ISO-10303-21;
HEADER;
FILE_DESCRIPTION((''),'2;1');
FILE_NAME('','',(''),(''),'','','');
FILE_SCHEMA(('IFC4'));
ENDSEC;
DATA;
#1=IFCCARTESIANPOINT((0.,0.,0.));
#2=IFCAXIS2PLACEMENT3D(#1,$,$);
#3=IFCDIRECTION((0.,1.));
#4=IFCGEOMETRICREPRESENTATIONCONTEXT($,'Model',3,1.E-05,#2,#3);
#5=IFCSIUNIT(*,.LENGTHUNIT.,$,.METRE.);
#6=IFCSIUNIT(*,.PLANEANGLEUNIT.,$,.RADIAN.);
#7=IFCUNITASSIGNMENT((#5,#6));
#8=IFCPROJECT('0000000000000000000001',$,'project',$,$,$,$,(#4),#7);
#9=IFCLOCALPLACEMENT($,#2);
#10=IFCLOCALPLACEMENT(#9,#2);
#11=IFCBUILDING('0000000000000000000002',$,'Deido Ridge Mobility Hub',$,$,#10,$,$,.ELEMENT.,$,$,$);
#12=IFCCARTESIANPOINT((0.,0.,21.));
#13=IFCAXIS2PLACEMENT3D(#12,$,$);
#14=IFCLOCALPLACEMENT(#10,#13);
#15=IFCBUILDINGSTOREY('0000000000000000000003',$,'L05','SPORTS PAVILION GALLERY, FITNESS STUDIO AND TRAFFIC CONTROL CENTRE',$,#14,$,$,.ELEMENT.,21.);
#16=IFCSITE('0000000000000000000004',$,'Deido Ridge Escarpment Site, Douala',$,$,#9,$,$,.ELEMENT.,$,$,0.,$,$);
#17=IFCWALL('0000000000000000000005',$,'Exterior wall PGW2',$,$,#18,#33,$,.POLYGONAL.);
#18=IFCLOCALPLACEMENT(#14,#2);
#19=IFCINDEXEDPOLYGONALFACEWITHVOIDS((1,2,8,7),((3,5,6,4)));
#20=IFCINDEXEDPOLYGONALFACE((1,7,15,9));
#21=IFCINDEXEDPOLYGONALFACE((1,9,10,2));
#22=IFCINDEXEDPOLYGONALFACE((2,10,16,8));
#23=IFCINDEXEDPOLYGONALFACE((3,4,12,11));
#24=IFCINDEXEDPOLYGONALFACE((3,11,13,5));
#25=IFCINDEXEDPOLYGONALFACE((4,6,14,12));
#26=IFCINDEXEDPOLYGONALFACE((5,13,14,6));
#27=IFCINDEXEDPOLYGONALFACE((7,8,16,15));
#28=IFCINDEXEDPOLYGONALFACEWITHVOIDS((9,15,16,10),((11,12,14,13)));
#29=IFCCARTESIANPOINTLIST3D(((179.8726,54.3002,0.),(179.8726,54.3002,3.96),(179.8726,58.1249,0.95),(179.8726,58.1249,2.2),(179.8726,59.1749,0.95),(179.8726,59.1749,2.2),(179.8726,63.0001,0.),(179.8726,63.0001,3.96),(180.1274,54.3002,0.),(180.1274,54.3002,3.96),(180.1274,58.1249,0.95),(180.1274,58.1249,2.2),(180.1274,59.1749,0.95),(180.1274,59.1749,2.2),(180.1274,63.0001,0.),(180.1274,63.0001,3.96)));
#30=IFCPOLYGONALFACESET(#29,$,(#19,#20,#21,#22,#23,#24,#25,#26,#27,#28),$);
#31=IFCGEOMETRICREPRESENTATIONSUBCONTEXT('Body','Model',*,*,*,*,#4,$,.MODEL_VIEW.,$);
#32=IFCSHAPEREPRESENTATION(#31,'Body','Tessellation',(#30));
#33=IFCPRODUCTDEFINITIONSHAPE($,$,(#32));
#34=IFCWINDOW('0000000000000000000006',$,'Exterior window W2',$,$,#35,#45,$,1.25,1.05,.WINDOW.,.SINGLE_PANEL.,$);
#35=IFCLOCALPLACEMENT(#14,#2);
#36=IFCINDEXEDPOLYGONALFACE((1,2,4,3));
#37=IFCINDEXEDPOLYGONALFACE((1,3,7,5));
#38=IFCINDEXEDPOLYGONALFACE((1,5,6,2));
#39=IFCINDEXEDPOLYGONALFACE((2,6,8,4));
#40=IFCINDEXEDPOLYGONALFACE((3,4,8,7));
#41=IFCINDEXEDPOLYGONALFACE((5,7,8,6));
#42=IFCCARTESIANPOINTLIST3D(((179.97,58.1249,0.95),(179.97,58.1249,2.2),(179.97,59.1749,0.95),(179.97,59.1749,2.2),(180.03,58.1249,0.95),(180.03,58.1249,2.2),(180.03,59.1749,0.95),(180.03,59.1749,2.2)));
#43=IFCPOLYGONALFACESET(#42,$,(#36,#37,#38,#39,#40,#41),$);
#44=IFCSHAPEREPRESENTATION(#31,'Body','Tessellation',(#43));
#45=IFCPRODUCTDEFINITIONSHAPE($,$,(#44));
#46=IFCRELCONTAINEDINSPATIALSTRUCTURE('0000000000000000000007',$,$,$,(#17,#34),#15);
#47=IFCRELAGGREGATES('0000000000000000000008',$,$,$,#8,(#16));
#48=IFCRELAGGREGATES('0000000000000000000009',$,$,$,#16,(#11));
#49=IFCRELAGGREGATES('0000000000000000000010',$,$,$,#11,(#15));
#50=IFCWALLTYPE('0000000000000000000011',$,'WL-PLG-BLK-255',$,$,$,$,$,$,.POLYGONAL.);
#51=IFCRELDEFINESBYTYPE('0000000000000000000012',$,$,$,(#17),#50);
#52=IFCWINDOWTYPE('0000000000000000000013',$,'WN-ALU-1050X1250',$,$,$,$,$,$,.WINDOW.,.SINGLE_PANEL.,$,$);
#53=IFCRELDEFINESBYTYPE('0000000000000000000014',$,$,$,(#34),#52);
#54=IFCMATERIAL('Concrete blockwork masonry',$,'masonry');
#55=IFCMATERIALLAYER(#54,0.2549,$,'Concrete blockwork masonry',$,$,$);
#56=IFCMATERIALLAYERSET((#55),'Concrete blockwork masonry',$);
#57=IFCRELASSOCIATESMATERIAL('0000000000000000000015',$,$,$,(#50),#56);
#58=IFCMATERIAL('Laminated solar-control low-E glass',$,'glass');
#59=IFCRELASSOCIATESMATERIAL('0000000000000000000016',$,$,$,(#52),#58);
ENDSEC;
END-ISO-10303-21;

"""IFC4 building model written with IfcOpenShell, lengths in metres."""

from ifc_helpers import new_model, si_unit, direction, frame, frame_2d, origin, place, context, subcontext, project, spatial, rectangle, extrude, material, layer, layer_set, type_object, element, fill, save


model = new_model("IFC4")

# Units and contexts
model_context = context("Model", 3, precision=1e-05, world=origin(), true_north=direction((0.0, 1.0)))
body_context = subcontext(model_context, "Body", "Model", "MODEL_VIEW")
ifc_project = project(units=[si_unit("LENGTHUNIT", "METRE"), si_unit("PLANEANGLEUNIT", "RADIAN")], contexts=[model_context])

# Site, building, storey
site_placement = place(None, origin())
site = spatial("IfcSite", under=ifc_project, at=site_placement, Name="Deido Ridge Escarpment Site, Douala", CompositionType="ELEMENT", RefElevation=0.0)
building_placement = place(site_placement, origin())
building = spatial("IfcBuilding", under=site, at=building_placement, Name="Deido Ridge Mobility Hub", CompositionType="ELEMENT")
storey_placement = place(building_placement, frame((0.0, 0.0, 21.0)))
storey = spatial("IfcBuildingStorey", under=building, at=storey_placement, Name="L05", Description="SPORTS PAVILION GALLERY, FITNESS STUDIO AND TRAFFIC CONTROL CENTRE", CompositionType="ELEMENT", Elevation=21.0)

# Shared definitions
ifc_material_1 = material(Name="Laminated solar-control low-E glass", Category="glass")

# Wall, opening, window
ifc_material_2 = material(Name="Concrete blockwork masonry", Category="masonry")
ifc_layer_1 = layer(ifc_material_2, 0.2549, Name="Concrete blockwork masonry")
ifc_layer_set_1 = layer_set([ifc_layer_1], Name="Concrete blockwork masonry")
wall_type = type_object("IfcWallType", Name="WL-PLG-BLK-255", PredefinedType="POLYGONAL", material=ifc_layer_set_1)
wall_placement = place(storey_placement, frame((180.0, 54.3, 0.0), z_axis=(0.0, 0.0, 1.0), x_axis=(0.0, 1.0, 0.0)))
wall = element("IfcWall", 1, at=wall_placement, inside=storey, type_object=wall_type, Name="Exterior wall PGW2", PredefinedType="POLYGONAL", context=body_context, shape_type="SweptSolid", body=[
    extrude(rectangle(XDim=8.7, YDim=0.2549, at=frame_2d((4.3501, 0.0))), origin(), (0.0, 0.0, 1.0), 3.96),
])
opening_placement = place(wall_placement, frame((3.825, 0.0, 0.95)))
opening = element("IfcOpeningElement", 2, at=opening_placement, cuts=wall, PredefinedType="OPENING", context=body_context, shape_type="SweptSolid", body=[
    extrude(rectangle(XDim=1.05, YDim=1.25, at=frame_2d((0.5249, 0.625))), frame((0.0, 0.1375, 0.0), z_axis=(0.0, -1.0, 0.0), x_axis=(1.0, 0.0, 0.0)), (0.0, 0.0, 1.0), 0.2749),
])
window_type = type_object("IfcWindowType", Name="WN-ALU-1050X1250", PartitioningType="SINGLE_PANEL", PredefinedType="WINDOW", material=ifc_material_1)
window_placement = place(opening_placement, origin())
window = element("IfcWindow", 3, at=window_placement, inside=storey, type_object=window_type, Name="Exterior window W2", OverallHeight=1.25, OverallWidth=1.05, PartitioningType="SINGLE_PANEL", PredefinedType="WINDOW", context=body_context, shape_type="SweptSolid", body=[
    extrude(rectangle(XDim=1.05, YDim=1.25, at=frame_2d((0.5249, 0.625))), frame((0.0, 0.03, 0.0), z_axis=(0.0, -1.0, 0.0), x_axis=(1.0, 0.0, 0.0)), (0.0, 0.0, 1.0), 0.0601),
])
fill(opening, window)

save(model, "model.ifc")
